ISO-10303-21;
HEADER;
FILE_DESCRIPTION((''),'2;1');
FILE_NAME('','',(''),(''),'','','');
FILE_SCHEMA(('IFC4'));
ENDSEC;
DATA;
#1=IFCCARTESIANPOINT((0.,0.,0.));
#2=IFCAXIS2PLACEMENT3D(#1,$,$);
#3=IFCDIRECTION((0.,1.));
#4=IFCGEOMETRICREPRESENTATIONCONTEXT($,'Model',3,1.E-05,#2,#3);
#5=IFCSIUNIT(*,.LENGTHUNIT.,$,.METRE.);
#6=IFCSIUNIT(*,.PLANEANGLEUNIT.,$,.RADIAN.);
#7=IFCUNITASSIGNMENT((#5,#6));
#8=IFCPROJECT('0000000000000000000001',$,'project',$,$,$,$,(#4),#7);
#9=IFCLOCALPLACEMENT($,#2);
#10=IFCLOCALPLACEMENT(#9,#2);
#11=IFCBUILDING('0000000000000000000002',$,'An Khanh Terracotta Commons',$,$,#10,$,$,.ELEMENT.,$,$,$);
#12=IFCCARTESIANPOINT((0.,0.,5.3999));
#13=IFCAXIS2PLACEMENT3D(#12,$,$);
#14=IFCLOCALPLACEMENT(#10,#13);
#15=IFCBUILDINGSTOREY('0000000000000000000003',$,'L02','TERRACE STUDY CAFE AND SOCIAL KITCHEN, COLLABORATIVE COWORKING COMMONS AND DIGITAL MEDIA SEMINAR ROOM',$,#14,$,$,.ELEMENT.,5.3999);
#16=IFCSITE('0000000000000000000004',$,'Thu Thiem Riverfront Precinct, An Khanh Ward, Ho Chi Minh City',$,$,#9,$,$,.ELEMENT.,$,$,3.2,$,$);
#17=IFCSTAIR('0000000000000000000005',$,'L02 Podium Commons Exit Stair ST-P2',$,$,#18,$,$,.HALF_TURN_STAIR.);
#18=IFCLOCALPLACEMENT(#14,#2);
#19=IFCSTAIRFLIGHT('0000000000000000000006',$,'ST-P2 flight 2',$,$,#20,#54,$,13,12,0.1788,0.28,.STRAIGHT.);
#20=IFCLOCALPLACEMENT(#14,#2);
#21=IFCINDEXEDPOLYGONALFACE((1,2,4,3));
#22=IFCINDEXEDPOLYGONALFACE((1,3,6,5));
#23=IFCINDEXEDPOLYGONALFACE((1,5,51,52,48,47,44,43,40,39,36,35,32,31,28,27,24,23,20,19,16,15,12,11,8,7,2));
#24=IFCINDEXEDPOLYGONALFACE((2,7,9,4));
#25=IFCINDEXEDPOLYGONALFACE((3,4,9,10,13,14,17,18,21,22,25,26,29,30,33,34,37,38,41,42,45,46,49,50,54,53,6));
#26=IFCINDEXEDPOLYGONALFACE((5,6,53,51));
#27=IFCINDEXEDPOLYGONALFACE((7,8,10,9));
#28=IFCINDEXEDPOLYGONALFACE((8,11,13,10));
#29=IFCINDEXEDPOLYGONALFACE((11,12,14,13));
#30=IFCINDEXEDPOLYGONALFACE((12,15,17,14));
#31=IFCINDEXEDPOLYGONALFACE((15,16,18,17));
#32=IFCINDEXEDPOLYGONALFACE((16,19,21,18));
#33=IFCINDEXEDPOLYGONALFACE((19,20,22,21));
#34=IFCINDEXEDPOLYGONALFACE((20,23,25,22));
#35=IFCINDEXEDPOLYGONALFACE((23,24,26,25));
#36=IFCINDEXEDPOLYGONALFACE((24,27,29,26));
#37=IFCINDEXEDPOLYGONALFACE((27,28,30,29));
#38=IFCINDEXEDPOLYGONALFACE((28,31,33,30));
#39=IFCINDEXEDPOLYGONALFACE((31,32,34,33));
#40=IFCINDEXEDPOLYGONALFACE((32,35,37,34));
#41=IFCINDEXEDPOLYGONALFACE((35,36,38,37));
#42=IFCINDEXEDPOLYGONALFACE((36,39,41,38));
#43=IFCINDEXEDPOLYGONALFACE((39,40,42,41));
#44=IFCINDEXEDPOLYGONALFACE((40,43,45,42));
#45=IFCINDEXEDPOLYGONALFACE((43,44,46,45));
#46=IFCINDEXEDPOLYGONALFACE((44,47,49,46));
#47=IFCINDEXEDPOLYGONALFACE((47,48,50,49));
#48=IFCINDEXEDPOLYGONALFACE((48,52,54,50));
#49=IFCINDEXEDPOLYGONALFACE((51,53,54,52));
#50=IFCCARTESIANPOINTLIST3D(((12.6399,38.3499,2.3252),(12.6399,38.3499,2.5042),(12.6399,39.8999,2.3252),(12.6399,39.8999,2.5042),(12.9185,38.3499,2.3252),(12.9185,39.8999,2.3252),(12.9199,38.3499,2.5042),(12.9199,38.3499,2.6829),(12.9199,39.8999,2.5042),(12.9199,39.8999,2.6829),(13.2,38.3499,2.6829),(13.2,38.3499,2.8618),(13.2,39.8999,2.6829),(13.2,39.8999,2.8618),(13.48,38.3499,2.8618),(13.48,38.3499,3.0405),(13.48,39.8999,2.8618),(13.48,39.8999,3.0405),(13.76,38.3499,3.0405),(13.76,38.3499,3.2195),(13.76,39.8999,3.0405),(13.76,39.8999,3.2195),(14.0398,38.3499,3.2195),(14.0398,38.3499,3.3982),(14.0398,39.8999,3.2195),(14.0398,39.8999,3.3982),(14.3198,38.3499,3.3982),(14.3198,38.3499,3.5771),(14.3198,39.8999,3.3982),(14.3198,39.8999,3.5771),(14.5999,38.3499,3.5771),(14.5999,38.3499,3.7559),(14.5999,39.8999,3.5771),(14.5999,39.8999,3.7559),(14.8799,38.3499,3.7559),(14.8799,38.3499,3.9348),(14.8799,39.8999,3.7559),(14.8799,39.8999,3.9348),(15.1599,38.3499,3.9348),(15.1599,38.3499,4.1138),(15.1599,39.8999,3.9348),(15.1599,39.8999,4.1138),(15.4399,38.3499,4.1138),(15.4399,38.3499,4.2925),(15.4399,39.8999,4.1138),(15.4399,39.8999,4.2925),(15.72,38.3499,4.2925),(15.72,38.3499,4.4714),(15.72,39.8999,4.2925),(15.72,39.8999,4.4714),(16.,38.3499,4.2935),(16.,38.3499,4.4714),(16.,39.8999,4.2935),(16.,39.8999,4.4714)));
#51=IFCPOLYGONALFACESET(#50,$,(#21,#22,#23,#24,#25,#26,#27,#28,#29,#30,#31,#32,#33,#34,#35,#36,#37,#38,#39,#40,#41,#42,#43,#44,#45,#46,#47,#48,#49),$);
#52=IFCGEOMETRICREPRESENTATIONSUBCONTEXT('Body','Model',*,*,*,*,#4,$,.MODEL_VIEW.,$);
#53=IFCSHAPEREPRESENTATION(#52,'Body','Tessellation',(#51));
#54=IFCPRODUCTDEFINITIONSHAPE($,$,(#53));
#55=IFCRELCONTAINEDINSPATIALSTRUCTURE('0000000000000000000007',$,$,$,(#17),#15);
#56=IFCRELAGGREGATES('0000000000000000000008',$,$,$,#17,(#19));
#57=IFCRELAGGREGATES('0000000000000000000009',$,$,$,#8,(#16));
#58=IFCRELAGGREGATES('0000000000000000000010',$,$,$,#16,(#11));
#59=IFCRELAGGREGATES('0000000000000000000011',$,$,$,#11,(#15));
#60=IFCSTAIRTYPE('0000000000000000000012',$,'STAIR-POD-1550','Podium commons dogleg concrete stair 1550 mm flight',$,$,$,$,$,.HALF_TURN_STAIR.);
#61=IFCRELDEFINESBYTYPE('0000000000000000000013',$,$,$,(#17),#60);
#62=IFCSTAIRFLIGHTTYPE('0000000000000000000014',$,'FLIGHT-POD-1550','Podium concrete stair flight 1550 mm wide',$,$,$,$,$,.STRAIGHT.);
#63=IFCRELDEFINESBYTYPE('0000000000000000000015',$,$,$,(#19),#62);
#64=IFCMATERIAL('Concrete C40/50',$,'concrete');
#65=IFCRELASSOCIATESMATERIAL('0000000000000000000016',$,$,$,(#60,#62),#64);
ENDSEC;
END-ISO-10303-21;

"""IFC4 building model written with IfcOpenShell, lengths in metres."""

from ifc_helpers import new_model, si_unit, direction, frame, origin, place, context, subcontext, project, spatial, polyline, outline, extrude, material, type_object, element, aggregate, save


model = new_model("IFC4")

# Units and contexts
model_context = context("Model", 3, precision=1e-05, world=origin(), true_north=direction((0.0, 1.0)))
body_context = subcontext(model_context, "Body", "Model", "MODEL_VIEW")
ifc_project = project(units=[si_unit("LENGTHUNIT", "METRE"), si_unit("PLANEANGLEUNIT", "RADIAN")], contexts=[model_context])

# Site, building, storey
site_placement = place(None, origin())
site = spatial("IfcSite", under=ifc_project, at=site_placement, Name="Thu Thiem Riverfront Precinct, An Khanh Ward, Ho Chi Minh City", CompositionType="ELEMENT", RefElevation=3.2)
building_placement = place(site_placement, origin())
building = spatial("IfcBuilding", under=site, at=building_placement, Name="An Khanh Terracotta Commons", CompositionType="ELEMENT")
storey_placement = place(building_placement, frame((0.0, 0.0, 5.3999)))
storey = spatial("IfcBuildingStorey", under=building, at=storey_placement, Name="L02", Description="TERRACE STUDY CAFE AND SOCIAL KITCHEN, COLLABORATIVE COWORKING COMMONS AND DIGITAL MEDIA SEMINAR ROOM", CompositionType="ELEMENT", Elevation=5.3999)

# Shared definitions
ifc_material_1 = material(Name="Concrete C40/50", Category="concrete")

# Stair, stair flight
stair_type = type_object("IfcStairType", Name="STAIR-POD-1550", Description="Podium commons dogleg concrete stair 1550 mm flight", PredefinedType="HALF_TURN_STAIR", material=ifc_material_1)
stair_placement = place(storey_placement, origin())
stair = element("IfcStair", 1, at=stair_placement, inside=storey, type_object=stair_type, Name="L02 Podium Commons Exit Stair ST-P2", PredefinedType="HALF_TURN_STAIR")
stair_flight_type = type_object("IfcStairFlightType", Name="FLIGHT-POD-1550", Description="Podium concrete stair flight 1550 mm wide", PredefinedType="STRAIGHT", material=ifc_material_1)
stair_flight_1_placement = place(storey_placement, frame((12.6399, 39.125, 2.3252), z_axis=(0.0, 0.0, 1.0), x_axis=(1.0, 0.0, 0.0)))
stair_flight_1 = element("IfcStairFlight", 2, at=stair_flight_1_placement, type_object=stair_flight_type, Name="ST-P2 flight 2", NumberOfRisers=13, NumberOfTreads=12, PredefinedType="STRAIGHT", RiserHeight=0.1788, TreadLength=0.28, context=body_context, shape_type="SweptSolid", body=[
    extrude(outline(polyline([(0.0, 0.0), (0.0, 0.179), (0.28, 0.179), (0.28, 0.3577), (0.5601, 0.3577), (0.5601, 0.5366), (0.8401, 0.5366), (0.8401, 0.7153), (1.1201, 0.7153), (1.1201, 0.8943), (1.3999, 0.8943), (1.3999, 1.073), (1.6799, 1.073), (1.6799, 1.252), (1.96, 1.252), (1.96, 1.4307), (2.24, 1.4307), (2.24, 1.6096), (2.52, 1.6096), (2.52, 1.7886), (2.8, 1.7886), (2.8, 1.9673), (3.0801, 1.9673), (3.0801, 2.1462), (3.3601, 2.1462), (3.3601, 2.325), (3.3601, 1.9683), (0.2786, 0.0), (0.0, 0.0)])), frame((0.0, 0.7749, 0.0), z_axis=(0.0, -1.0, 0.0), x_axis=(1.0, 0.0, 0.0)), (0.0, 0.0, 1.0), 1.55),
])
aggregate(stair, [stair_flight_1])

save(model, "model.ifc")
